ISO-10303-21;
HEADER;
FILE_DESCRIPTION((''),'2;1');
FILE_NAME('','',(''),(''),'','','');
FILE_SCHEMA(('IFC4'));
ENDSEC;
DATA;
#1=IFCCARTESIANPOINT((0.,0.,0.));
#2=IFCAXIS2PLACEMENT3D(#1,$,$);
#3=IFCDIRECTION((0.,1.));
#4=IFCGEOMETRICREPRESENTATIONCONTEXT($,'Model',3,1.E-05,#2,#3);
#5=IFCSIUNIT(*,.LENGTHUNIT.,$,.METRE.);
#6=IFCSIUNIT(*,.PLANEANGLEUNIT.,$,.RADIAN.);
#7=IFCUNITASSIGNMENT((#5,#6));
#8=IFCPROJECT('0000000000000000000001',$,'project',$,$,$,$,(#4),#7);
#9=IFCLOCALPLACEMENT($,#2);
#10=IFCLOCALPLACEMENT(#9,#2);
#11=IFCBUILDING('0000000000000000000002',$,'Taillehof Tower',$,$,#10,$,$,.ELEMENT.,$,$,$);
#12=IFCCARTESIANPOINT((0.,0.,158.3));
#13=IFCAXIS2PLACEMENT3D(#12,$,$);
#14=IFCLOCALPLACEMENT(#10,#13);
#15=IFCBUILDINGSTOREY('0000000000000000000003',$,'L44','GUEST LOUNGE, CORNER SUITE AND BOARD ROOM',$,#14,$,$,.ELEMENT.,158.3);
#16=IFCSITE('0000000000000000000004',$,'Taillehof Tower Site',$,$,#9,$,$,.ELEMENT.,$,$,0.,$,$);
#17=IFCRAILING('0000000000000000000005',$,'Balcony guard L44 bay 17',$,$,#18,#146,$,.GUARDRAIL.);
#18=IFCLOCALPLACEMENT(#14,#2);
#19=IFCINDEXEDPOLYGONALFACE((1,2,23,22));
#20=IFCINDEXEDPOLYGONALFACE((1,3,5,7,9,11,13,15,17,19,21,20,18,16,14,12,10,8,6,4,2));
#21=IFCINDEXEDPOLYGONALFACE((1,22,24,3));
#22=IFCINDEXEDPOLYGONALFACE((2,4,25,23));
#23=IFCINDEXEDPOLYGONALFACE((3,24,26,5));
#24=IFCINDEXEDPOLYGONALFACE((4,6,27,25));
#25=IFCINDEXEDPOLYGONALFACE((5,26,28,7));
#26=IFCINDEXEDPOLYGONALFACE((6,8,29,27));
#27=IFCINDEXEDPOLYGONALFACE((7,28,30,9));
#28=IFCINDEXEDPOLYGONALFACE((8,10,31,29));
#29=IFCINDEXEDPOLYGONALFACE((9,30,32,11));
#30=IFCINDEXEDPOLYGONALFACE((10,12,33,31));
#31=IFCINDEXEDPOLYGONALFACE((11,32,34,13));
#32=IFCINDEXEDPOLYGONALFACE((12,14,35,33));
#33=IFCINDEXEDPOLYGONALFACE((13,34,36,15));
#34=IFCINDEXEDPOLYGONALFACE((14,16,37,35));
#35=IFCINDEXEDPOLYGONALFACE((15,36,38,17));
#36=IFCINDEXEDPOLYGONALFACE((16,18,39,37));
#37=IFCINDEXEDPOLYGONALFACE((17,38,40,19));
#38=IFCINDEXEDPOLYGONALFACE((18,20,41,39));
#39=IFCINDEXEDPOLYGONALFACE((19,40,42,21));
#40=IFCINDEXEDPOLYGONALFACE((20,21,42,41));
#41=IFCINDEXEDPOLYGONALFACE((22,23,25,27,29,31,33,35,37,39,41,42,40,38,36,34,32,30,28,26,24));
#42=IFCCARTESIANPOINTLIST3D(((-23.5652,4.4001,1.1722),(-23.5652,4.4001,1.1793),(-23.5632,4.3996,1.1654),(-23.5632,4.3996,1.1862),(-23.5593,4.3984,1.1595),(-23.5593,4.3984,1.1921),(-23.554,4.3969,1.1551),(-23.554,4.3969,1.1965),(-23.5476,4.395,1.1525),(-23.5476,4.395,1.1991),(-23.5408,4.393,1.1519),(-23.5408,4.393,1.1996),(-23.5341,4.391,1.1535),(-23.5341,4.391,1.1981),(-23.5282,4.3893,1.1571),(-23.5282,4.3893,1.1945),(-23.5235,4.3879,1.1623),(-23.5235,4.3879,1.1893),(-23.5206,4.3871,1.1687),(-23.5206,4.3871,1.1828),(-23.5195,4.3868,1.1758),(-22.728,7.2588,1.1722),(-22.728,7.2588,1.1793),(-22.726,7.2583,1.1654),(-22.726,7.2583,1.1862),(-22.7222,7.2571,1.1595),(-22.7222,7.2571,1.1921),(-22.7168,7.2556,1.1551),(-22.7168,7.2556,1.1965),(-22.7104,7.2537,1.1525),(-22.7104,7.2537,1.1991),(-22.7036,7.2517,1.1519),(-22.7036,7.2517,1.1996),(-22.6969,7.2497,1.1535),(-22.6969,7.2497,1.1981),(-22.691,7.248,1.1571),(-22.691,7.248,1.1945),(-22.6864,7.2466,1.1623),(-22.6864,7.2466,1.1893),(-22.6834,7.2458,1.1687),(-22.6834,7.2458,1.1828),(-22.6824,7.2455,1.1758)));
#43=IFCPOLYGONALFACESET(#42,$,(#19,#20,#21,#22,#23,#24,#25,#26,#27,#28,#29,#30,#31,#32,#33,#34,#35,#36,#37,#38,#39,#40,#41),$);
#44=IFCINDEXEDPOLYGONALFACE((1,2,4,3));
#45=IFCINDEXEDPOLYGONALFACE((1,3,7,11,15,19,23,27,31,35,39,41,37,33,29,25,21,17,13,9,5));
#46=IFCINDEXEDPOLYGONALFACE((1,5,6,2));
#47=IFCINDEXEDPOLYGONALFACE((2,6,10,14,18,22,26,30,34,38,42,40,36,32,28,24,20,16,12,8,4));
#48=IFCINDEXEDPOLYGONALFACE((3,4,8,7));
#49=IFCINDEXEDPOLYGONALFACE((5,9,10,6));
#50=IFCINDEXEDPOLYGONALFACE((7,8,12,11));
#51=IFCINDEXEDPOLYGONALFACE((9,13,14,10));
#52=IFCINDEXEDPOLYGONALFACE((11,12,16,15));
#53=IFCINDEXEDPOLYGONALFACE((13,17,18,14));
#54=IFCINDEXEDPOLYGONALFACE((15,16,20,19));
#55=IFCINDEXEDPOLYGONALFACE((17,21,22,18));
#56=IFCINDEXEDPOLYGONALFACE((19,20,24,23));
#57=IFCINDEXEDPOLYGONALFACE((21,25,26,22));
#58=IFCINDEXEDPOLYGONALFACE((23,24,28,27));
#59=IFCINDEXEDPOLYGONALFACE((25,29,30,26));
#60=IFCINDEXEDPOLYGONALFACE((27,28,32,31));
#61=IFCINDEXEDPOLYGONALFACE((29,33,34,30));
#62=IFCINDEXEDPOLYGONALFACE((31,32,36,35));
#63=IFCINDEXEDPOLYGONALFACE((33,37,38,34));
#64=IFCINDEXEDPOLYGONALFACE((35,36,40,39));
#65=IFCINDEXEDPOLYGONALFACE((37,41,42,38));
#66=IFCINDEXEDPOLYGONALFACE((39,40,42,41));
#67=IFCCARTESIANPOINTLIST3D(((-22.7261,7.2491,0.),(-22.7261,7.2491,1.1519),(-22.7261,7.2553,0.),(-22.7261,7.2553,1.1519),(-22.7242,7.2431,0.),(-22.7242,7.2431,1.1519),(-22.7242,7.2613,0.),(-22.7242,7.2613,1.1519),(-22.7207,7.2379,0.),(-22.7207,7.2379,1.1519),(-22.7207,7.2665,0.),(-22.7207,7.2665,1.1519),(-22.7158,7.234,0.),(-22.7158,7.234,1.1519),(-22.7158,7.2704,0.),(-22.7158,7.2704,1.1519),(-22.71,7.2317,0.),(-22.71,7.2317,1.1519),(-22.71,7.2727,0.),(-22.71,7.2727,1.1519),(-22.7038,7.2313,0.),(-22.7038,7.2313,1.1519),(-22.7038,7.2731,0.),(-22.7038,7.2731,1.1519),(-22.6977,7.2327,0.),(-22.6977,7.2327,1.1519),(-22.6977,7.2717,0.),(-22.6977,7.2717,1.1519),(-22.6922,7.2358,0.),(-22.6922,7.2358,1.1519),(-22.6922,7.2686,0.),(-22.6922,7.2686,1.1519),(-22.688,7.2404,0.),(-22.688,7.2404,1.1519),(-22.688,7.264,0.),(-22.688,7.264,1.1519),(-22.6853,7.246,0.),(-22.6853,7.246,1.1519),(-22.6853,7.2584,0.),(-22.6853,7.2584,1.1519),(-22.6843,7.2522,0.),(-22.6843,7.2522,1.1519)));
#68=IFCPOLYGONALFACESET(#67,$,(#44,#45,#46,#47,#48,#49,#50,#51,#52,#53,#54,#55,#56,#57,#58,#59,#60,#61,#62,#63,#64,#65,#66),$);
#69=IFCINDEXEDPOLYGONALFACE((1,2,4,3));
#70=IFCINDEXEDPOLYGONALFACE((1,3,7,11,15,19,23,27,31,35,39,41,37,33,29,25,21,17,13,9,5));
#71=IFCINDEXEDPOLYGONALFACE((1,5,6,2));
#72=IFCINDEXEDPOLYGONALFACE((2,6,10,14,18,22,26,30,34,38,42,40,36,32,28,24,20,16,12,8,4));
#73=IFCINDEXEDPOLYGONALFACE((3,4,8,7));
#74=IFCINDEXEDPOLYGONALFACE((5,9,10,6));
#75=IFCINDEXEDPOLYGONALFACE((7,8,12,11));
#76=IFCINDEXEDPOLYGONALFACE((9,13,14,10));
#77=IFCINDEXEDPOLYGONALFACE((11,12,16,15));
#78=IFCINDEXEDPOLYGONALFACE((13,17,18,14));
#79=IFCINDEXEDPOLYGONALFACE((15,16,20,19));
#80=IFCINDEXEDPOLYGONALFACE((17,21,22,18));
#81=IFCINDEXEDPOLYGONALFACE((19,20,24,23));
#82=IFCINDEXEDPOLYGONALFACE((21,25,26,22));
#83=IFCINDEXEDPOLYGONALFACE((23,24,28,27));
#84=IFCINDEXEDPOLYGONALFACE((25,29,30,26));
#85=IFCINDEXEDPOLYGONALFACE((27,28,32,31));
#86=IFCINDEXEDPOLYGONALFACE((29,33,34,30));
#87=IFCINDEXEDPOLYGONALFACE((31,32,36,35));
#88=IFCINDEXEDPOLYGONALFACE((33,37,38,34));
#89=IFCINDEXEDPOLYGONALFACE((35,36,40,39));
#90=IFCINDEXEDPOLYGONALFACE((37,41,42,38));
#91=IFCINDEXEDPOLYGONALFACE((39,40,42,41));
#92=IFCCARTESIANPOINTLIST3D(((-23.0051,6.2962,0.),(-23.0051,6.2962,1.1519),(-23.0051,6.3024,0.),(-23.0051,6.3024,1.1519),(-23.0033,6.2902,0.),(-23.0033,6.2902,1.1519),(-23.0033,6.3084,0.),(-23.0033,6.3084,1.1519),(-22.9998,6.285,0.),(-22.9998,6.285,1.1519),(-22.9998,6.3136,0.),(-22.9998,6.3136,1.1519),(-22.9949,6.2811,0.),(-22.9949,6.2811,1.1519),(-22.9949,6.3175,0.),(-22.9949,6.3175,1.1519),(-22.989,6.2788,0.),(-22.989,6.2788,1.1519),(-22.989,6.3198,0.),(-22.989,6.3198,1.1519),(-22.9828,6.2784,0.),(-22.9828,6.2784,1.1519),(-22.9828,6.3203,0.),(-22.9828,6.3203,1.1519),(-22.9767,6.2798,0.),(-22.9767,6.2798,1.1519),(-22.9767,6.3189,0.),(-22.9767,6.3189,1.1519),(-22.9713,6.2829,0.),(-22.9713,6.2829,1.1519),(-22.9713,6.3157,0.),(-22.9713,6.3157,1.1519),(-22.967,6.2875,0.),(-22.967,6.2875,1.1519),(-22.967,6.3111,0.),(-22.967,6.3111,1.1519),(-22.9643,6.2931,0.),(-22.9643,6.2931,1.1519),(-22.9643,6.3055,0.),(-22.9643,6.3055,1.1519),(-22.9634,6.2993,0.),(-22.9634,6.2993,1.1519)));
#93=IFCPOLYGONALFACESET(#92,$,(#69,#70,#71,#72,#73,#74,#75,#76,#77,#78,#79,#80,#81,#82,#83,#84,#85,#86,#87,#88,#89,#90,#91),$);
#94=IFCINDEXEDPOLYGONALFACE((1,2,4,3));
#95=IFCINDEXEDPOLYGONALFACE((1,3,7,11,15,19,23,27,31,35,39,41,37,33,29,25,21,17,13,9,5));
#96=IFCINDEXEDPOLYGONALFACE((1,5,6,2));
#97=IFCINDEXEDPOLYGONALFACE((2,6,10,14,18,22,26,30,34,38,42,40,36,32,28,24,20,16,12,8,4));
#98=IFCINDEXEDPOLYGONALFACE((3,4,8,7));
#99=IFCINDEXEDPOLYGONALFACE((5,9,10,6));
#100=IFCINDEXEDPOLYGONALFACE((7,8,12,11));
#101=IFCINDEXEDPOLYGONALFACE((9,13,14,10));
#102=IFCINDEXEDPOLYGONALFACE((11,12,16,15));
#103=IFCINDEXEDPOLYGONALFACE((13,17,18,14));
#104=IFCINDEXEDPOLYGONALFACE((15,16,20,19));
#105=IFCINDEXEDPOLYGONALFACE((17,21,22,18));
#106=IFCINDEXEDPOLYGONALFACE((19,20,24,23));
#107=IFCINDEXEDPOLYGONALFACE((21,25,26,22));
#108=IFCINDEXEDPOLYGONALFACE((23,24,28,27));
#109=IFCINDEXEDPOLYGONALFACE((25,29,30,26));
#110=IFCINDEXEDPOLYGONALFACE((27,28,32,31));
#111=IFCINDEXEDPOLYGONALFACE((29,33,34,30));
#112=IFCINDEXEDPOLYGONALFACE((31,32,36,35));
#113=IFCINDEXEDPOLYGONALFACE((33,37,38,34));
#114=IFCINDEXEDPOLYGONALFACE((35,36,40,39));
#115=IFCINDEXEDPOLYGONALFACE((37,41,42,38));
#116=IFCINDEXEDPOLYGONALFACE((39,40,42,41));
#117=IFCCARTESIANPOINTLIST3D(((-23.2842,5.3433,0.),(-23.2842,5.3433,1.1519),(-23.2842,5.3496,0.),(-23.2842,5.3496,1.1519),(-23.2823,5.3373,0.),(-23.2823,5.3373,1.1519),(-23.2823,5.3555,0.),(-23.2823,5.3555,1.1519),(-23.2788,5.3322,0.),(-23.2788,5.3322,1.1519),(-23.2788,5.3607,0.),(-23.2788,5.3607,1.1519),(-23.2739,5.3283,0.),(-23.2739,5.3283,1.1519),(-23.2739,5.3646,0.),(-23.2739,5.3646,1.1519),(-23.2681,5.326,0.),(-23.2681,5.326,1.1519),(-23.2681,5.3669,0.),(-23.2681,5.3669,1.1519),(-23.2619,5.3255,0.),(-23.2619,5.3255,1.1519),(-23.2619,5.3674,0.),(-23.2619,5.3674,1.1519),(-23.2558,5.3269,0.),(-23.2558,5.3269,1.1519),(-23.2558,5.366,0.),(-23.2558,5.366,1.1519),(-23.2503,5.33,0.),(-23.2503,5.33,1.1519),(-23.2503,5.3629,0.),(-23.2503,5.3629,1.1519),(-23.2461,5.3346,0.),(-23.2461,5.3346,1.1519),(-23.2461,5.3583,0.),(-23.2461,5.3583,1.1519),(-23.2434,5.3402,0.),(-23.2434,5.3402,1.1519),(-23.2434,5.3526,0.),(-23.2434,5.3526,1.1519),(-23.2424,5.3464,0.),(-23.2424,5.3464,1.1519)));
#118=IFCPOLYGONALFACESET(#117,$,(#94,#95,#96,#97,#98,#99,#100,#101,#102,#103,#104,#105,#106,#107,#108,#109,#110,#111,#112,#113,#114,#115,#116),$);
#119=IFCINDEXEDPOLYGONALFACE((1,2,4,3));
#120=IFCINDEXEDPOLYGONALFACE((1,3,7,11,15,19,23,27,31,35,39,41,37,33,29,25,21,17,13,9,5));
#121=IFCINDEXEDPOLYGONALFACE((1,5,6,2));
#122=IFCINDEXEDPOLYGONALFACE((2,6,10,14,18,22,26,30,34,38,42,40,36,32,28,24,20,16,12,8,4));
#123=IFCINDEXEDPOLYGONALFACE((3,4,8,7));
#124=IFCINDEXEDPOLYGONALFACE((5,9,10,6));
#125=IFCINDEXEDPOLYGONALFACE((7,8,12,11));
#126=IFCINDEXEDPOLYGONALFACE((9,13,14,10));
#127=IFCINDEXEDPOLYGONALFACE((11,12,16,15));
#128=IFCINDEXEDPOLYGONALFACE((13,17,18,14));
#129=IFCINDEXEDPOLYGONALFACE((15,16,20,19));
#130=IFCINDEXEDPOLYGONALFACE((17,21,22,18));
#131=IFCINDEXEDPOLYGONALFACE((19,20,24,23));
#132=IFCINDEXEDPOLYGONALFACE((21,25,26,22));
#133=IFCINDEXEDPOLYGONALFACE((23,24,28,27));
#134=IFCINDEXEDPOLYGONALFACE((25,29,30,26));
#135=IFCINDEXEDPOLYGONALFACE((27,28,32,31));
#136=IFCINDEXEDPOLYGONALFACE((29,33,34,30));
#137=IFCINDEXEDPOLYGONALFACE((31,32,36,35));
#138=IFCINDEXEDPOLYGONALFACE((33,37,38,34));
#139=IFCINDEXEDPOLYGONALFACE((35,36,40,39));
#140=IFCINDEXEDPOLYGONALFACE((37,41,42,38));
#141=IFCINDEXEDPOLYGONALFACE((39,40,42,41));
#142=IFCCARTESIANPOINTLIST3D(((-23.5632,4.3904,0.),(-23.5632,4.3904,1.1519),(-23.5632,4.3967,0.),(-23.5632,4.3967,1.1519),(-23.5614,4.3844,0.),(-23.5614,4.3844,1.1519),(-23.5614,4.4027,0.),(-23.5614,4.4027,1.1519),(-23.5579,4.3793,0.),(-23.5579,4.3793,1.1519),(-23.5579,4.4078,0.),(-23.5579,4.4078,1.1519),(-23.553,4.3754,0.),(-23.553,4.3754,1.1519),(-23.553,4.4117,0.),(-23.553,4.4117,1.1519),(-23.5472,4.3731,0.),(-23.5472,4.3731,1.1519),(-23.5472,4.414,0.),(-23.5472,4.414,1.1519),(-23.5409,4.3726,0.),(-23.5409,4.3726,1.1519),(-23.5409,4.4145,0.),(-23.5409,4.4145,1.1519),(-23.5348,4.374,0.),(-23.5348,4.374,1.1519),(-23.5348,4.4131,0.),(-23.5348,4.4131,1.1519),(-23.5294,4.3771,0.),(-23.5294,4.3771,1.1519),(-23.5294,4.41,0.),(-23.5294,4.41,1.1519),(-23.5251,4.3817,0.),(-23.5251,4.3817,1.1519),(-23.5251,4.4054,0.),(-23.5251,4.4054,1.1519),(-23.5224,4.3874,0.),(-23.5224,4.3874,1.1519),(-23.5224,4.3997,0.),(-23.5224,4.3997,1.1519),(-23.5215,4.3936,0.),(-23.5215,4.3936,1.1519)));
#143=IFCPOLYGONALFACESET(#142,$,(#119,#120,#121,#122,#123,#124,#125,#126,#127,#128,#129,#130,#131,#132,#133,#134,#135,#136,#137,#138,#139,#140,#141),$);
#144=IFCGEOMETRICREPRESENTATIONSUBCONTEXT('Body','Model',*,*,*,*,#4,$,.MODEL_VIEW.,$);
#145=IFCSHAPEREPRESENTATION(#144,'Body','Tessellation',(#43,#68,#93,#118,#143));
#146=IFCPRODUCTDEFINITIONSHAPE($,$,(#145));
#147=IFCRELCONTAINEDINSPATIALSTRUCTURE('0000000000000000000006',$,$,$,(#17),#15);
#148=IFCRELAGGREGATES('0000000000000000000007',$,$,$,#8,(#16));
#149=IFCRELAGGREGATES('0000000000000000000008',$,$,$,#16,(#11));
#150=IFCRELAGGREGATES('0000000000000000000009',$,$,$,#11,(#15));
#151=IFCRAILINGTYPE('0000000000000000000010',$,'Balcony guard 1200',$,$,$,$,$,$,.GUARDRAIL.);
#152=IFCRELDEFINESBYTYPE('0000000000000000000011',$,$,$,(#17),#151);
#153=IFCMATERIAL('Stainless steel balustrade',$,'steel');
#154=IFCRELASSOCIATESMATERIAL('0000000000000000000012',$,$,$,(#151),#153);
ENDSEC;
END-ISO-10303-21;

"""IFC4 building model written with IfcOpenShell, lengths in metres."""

from ifc_helpers import new_model, si_unit, direction, frame, origin, origin_2d, place, context, subcontext, project, spatial, circle, extrude, material, type_object, element, save


model = new_model("IFC4")

# Units and contexts
model_context = context("Model", 3, precision=1e-05, world=origin(), true_north=direction((0.0, 1.0)))
body_context = subcontext(model_context, "Body", "Model", "MODEL_VIEW")
ifc_project = project(units=[si_unit("LENGTHUNIT", "METRE"), si_unit("PLANEANGLEUNIT", "RADIAN")], contexts=[model_context])

# Site, building, storey
site_placement = place(None, origin())
site = spatial("IfcSite", under=ifc_project, at=site_placement, Name="Taillehof Tower Site", CompositionType="ELEMENT", RefElevation=0.0)
building_placement = place(site_placement, origin())
building = spatial("IfcBuilding", under=site, at=building_placement, Name="Taillehof Tower", CompositionType="ELEMENT")
storey_placement = place(building_placement, frame((0.0, 0.0, 158.3)))
storey = spatial("IfcBuildingStorey", under=building, at=storey_placement, Name="L44", Description="GUEST LOUNGE, CORNER SUITE AND BOARD ROOM", CompositionType="ELEMENT", Elevation=158.3)

# Railing
ifc_material_1 = material(Name="Stainless steel balustrade", Category="steel")
railing_type = type_object("IfcRailingType", Name="Balcony guard 1200", PredefinedType="GUARDRAIL", material=ifc_material_1)
railing_placement = place(storey_placement, frame((-22.7053, 7.2522, 0.0)))
element("IfcRailing", 1, at=railing_placement, inside=storey, type_object=railing_type, Name="Balcony guard L44 bay 17", PredefinedType="GUARDRAIL", context=body_context, shape_type="SweptSolid", body=[
    extrude(circle(Radius=0.0239, at=origin_2d()), frame((0.0, 0.0, 1.1758), z_axis=(-0.281048, -0.959694, 0.0), x_axis=(0.959694, -0.281048, 0.0)), (0.0, 0.0, 1.0), 2.9788),
    extrude(circle(Radius=0.021, at=origin_2d()), origin(), (0.0, 0.0, 1.0), 1.1519),
    extrude(circle(Radius=0.021, at=origin_2d()), frame((-0.2791, -0.9529, 0.0)), (0.0, 0.0, 1.0), 1.1519),
    extrude(circle(Radius=0.021, at=origin_2d()), frame((-0.5581, -1.9058, 0.0)), (0.0, 0.0, 1.0), 1.1519),
    extrude(circle(Radius=0.021, at=origin_2d()), frame((-0.8372, -2.8586, 0.0)), (0.0, 0.0, 1.0), 1.1519),
])

save(model, "model.ifc")
